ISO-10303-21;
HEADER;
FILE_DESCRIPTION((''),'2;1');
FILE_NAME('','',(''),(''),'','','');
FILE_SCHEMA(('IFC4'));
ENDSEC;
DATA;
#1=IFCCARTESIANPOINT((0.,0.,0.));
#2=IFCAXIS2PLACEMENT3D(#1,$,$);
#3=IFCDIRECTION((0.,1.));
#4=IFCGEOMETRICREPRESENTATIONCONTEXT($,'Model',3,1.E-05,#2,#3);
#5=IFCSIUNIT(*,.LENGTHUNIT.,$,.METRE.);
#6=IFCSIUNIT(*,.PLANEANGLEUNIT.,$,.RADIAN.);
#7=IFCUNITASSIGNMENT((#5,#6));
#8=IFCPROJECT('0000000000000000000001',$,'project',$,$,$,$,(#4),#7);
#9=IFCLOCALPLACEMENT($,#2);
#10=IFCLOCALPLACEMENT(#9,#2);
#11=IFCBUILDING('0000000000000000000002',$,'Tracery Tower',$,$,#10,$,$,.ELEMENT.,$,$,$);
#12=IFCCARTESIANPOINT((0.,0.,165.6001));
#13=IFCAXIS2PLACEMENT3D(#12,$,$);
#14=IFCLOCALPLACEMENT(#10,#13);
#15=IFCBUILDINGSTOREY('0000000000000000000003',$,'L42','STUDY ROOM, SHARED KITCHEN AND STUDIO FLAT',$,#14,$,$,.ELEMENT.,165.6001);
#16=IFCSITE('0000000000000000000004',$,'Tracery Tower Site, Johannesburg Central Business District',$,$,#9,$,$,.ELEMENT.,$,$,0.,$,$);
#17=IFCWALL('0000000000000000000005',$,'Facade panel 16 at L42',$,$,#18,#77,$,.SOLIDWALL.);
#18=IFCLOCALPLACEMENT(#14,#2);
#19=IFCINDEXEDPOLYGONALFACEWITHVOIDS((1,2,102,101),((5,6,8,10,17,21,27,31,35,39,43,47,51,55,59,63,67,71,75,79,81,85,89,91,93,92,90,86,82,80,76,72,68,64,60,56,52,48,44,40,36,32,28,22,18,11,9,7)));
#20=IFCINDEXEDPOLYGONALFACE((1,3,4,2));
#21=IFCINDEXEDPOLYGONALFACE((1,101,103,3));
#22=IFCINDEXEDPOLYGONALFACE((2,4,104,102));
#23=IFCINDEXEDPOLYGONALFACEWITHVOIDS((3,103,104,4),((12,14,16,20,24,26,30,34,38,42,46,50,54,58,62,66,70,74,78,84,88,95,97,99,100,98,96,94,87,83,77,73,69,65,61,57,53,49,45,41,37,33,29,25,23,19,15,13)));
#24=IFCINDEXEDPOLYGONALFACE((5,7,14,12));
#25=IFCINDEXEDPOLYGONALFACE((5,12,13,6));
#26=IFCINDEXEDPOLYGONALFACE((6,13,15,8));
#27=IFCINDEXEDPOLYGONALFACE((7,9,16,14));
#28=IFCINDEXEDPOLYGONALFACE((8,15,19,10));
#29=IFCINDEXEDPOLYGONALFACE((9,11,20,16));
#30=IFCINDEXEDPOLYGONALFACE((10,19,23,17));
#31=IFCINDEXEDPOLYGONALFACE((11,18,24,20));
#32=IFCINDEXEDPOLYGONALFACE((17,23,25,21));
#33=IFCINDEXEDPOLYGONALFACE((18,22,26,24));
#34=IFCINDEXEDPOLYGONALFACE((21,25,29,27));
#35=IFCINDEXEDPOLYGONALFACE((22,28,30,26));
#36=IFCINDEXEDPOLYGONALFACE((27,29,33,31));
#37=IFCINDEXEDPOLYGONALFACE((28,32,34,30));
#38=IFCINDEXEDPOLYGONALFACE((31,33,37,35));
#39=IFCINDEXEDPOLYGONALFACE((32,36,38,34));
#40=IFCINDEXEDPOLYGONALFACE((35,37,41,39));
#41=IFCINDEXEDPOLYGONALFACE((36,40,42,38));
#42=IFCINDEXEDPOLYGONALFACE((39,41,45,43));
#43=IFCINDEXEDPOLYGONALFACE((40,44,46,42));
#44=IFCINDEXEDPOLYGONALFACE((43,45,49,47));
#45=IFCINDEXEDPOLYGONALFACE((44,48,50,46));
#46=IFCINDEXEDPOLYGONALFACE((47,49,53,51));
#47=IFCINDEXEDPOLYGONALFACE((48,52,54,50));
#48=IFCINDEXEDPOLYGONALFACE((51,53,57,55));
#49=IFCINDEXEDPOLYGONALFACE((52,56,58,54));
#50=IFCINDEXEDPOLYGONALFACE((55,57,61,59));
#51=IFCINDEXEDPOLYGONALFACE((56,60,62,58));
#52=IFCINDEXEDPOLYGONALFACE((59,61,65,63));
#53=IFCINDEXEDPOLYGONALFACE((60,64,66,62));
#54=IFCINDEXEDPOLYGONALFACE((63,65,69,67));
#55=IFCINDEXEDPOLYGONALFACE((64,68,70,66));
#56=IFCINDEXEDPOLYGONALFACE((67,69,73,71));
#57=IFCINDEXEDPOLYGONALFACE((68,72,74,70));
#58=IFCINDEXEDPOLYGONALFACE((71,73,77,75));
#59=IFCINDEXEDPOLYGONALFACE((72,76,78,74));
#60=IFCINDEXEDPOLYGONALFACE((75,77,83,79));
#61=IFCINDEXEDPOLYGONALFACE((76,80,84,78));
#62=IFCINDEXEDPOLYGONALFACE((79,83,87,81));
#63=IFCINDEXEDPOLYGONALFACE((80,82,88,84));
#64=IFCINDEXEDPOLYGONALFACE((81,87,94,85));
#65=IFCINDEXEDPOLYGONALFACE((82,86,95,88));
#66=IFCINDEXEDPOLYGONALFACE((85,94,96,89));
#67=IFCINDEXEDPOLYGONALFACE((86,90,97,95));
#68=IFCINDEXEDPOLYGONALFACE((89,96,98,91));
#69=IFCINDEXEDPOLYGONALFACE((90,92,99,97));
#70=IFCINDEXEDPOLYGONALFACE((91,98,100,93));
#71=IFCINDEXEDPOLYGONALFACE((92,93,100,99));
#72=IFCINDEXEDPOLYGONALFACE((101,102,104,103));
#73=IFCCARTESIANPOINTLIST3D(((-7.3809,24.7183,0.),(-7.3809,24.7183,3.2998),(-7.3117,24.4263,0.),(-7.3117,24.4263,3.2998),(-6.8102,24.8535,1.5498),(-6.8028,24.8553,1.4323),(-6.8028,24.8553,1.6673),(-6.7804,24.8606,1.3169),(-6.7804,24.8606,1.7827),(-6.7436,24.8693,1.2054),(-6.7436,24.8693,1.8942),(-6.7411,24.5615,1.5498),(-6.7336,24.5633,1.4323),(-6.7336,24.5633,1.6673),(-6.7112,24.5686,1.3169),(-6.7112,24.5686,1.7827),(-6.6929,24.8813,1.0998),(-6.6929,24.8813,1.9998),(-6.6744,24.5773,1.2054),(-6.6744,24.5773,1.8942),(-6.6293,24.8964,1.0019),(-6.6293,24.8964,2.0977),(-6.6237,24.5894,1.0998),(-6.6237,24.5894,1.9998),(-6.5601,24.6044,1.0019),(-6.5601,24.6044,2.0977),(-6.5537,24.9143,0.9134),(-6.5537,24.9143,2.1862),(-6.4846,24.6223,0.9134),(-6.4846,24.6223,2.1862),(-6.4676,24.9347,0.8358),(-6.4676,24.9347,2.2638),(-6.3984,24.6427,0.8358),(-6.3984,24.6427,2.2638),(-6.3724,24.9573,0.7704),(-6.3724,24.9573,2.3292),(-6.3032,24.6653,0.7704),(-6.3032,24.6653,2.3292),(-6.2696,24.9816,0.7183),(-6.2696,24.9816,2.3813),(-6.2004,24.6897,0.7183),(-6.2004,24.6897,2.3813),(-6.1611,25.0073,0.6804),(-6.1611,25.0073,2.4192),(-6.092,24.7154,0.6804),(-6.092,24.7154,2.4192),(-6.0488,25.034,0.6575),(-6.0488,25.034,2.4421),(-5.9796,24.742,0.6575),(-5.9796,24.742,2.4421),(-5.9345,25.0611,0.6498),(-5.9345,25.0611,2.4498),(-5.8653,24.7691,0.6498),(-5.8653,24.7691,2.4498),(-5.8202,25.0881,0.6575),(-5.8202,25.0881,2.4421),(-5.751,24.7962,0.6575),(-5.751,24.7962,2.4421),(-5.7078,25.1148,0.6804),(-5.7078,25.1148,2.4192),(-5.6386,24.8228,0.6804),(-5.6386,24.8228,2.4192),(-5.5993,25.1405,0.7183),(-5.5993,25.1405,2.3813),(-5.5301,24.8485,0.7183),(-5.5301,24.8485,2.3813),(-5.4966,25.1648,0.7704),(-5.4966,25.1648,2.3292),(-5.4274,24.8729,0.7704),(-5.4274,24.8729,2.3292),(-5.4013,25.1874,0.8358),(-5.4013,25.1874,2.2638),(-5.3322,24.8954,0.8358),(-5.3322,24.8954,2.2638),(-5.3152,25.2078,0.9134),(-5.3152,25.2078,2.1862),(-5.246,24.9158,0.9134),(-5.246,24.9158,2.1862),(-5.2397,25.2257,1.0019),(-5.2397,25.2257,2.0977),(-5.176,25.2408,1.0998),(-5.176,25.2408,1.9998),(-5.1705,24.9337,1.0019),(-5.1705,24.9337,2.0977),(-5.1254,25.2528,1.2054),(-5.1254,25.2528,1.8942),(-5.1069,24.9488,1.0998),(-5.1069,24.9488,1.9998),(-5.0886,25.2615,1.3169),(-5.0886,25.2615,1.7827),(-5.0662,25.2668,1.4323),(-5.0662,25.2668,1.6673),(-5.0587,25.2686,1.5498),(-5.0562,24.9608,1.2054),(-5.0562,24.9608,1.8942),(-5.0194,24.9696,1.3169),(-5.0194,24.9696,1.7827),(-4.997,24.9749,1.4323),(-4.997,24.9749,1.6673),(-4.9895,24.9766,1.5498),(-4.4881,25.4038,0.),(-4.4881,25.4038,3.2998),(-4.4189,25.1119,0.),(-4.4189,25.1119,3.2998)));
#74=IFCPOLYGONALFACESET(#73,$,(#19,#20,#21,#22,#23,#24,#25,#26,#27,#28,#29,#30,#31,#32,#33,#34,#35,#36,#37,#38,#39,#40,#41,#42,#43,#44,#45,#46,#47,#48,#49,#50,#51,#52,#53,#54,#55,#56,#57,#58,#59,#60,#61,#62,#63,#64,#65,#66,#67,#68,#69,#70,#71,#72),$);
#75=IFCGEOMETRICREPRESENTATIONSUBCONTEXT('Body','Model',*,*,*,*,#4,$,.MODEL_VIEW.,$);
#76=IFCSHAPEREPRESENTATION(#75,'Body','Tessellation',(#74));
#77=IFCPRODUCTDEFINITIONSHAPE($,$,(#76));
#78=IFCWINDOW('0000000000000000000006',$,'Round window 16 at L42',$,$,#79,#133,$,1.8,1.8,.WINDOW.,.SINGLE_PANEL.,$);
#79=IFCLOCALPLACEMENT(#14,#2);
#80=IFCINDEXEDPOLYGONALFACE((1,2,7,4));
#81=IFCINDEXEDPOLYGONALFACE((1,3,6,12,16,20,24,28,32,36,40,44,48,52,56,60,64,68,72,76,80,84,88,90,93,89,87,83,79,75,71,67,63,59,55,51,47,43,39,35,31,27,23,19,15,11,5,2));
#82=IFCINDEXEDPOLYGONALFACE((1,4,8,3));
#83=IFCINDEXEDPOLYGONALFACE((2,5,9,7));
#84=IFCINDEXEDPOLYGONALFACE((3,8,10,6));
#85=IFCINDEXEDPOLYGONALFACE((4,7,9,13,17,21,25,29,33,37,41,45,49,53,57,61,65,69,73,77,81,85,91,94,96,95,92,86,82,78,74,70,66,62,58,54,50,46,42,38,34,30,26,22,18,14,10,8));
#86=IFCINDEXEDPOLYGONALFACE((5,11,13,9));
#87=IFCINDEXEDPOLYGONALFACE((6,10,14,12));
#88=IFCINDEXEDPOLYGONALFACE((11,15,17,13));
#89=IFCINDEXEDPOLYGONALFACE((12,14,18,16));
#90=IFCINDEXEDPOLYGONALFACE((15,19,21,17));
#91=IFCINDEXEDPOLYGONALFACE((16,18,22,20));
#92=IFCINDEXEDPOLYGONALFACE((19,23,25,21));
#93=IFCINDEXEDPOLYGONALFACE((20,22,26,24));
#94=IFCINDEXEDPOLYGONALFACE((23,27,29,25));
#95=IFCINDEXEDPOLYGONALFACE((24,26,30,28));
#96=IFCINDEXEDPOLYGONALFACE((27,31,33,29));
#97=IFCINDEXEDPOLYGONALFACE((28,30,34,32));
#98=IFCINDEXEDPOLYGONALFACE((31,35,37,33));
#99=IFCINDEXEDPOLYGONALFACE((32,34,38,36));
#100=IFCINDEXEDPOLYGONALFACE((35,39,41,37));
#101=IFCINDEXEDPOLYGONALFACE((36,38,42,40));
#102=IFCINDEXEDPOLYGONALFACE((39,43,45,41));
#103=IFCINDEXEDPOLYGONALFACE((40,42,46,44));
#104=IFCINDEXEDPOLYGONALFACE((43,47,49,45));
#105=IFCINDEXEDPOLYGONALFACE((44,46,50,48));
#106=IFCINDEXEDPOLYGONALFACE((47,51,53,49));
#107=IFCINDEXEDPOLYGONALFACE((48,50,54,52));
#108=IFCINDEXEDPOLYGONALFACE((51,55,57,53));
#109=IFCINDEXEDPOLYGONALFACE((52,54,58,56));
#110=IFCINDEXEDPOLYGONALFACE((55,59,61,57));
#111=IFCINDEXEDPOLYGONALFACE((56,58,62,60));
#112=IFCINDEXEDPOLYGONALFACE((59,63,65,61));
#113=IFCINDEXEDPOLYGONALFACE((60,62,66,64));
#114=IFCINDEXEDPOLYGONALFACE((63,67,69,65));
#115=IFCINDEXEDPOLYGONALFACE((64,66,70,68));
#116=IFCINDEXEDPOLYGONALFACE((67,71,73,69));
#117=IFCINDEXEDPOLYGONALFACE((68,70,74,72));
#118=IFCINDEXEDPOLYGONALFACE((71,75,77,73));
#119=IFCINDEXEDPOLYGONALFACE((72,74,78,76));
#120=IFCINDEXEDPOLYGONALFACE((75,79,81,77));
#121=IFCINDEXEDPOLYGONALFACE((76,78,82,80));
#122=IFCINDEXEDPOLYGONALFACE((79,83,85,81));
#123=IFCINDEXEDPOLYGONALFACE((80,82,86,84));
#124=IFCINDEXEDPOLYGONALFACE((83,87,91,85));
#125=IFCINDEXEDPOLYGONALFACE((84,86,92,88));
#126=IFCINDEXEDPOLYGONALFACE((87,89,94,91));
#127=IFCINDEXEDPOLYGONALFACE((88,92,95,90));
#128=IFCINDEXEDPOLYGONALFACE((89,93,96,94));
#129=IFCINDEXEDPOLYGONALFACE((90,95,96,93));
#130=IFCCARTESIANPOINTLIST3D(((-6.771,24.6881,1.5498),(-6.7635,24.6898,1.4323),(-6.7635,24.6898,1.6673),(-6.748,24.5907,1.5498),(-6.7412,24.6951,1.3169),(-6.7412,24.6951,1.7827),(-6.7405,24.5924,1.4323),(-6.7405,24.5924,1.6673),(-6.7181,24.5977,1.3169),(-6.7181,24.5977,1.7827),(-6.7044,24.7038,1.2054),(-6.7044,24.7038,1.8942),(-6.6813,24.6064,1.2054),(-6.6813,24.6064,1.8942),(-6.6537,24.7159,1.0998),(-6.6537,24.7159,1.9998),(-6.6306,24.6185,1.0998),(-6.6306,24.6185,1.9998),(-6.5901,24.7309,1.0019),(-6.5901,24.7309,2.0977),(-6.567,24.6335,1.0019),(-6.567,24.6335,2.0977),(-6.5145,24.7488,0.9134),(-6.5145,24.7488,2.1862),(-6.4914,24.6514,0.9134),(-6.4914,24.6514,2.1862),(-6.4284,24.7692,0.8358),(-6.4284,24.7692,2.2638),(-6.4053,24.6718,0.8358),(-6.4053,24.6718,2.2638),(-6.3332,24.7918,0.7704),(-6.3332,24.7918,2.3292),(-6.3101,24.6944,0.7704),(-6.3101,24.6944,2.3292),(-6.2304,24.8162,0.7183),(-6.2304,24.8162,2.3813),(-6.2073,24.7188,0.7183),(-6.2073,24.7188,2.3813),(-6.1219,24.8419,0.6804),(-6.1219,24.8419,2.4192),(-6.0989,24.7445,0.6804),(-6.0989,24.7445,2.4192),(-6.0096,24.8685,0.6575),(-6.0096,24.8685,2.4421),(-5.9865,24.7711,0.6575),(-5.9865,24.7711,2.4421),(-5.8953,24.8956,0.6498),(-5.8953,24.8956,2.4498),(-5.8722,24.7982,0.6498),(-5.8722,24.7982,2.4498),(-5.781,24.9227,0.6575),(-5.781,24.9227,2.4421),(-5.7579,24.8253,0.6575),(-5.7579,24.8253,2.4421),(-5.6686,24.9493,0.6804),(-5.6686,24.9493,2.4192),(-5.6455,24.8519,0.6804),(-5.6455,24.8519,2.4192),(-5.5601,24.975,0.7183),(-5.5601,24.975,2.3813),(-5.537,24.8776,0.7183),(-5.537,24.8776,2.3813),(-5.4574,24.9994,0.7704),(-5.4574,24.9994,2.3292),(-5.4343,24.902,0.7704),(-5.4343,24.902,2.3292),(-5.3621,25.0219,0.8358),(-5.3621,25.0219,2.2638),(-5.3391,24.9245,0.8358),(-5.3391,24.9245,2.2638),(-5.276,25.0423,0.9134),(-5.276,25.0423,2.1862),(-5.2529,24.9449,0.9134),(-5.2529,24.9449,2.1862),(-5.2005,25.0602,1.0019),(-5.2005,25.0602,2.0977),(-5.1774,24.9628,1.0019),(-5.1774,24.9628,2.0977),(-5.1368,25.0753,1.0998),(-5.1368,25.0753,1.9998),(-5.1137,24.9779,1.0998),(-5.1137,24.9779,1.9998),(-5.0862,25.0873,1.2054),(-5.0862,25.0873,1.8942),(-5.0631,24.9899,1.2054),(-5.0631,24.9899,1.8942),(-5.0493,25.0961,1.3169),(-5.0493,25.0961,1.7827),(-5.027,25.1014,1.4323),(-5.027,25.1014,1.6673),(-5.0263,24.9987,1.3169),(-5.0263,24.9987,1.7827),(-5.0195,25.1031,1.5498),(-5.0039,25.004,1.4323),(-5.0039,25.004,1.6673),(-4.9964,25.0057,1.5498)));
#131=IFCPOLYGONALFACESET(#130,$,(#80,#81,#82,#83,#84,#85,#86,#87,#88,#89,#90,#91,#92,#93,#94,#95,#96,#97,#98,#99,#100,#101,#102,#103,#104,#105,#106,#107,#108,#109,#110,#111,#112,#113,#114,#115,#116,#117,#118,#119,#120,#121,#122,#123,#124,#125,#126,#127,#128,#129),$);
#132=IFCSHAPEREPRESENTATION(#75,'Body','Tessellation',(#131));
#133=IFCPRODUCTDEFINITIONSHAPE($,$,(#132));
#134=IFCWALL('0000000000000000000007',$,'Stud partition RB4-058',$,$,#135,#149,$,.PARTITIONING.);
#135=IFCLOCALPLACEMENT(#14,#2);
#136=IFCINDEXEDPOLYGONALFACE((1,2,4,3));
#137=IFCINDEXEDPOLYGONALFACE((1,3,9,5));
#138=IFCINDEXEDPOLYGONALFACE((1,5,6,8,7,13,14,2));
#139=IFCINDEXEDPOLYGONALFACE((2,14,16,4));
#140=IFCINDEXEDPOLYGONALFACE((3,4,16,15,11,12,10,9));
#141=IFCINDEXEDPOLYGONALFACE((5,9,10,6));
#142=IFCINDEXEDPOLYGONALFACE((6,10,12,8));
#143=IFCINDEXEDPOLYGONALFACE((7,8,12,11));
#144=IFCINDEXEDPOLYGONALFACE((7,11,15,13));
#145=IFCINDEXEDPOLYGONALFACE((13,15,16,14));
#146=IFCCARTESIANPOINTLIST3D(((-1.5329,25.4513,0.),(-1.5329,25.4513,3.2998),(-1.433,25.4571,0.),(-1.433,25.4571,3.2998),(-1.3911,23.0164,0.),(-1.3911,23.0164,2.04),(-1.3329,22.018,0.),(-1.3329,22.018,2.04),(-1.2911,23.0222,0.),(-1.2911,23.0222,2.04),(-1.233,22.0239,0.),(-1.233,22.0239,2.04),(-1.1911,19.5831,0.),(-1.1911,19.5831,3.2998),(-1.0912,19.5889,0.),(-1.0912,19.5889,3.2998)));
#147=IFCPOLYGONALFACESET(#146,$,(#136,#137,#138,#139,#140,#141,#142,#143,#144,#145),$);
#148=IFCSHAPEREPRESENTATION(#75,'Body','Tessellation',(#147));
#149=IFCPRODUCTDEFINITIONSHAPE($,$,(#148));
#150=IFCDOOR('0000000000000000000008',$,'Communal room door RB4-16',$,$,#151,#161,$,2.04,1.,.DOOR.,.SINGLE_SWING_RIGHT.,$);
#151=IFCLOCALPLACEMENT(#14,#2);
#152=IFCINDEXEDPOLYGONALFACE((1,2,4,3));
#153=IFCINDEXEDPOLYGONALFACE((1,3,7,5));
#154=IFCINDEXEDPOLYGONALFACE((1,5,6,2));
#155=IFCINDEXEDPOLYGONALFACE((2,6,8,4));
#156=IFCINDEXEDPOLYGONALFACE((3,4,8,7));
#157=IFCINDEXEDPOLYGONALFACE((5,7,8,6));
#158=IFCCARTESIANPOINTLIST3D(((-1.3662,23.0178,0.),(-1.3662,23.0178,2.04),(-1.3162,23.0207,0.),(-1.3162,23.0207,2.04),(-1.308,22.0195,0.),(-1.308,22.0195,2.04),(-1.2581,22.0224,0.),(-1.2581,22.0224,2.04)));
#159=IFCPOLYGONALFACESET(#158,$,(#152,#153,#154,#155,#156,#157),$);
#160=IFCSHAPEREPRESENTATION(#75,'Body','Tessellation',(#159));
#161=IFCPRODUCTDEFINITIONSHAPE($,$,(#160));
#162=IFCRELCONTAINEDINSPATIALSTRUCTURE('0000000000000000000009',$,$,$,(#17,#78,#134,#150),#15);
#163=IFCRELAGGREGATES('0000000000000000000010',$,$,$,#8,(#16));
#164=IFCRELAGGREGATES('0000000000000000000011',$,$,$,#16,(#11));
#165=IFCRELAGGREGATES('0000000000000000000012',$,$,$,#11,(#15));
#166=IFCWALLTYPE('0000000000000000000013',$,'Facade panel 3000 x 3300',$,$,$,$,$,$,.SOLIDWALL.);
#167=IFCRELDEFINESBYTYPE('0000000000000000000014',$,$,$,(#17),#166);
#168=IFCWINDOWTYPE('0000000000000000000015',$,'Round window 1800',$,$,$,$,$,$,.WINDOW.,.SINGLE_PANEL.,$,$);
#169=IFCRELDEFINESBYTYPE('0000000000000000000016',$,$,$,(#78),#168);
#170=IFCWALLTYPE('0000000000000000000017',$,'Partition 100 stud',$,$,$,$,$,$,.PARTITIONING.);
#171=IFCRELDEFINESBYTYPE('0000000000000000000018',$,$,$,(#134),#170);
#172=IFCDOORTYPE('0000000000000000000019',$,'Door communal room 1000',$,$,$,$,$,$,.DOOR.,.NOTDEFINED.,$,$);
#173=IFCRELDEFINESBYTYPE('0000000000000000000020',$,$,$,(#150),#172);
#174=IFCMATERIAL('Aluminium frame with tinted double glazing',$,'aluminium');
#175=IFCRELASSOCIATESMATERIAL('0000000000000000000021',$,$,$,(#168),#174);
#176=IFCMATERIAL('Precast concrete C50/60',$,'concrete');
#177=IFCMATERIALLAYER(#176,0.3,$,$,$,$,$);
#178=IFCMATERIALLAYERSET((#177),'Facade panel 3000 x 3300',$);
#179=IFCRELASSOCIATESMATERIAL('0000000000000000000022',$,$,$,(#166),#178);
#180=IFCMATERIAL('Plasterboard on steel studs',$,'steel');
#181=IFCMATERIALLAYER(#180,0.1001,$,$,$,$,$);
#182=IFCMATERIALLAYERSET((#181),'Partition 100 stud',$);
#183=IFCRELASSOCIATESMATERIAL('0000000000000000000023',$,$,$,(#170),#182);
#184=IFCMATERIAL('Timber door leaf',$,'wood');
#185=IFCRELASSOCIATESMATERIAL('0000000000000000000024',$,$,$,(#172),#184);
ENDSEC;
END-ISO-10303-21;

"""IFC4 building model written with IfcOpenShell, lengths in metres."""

from ifc_helpers import new_model, si_unit, direction, frame, frame_2d, origin, origin_2d, place, context, subcontext, project, spatial, rectangle, circle, extrude, material, layer, layer_set, type_object, element, fill, save


model = new_model("IFC4")

# Units and contexts
model_context = context("Model", 3, precision=1e-05, world=origin(), true_north=direction((0.0, 1.0)))
body_context = subcontext(model_context, "Body", "Model", "MODEL_VIEW")
ifc_project = project(units=[si_unit("LENGTHUNIT", "METRE"), si_unit("PLANEANGLEUNIT", "RADIAN")], contexts=[model_context])

# Site, building, storey
site_placement = place(None, origin())
site = spatial("IfcSite", under=ifc_project, at=site_placement, Name="Tracery Tower Site, Johannesburg Central Business District", CompositionType="ELEMENT", RefElevation=0.0)
building_placement = place(site_placement, origin())
building = spatial("IfcBuilding", under=site, at=building_placement, Name="Tracery Tower", CompositionType="ELEMENT")
storey_placement = place(building_placement, frame((0.0, 0.0, 165.6001)))
storey = spatial("IfcBuildingStorey", under=building, at=storey_placement, Name="L42", Description="STUDY ROOM, SHARED KITCHEN AND STUDIO FLAT", CompositionType="ELEMENT", Elevation=165.6001)

# Wall, opening, window
ifc_material_1 = material(Name="Aluminium frame with tinted double glazing", Category="aluminium")
window_type = type_object("IfcWindowType", Name="Round window 1800", PartitioningType="SINGLE_PANEL", PredefinedType="WINDOW", material=ifc_material_1)
ifc_material_2 = material(Name="Precast concrete C50/60", Category="concrete")
ifc_layer_1 = layer(ifc_material_2, 0.3)
ifc_layer_set_1 = layer_set([ifc_layer_1], Name="Facade panel 3000 x 3300")
wall_type_1 = type_object("IfcWallType", Name="Facade panel 3000 x 3300", PredefinedType="SOLIDWALL", material=ifc_layer_set_1)
wall_1_placement = place(storey_placement, frame((-4.4536, 25.2578, 0.0), z_axis=(0.0, 0.0, 1.0), x_axis=(-0.97305, -0.230595, 0.0)))
wall_1 = element("IfcWall", 1, at=wall_1_placement, inside=storey, type_object=wall_type_1, Name="Facade panel 16 at L42", PredefinedType="SOLIDWALL", context=body_context, shape_type="SweptSolid", body=[
    extrude(rectangle(XDim=2.9729, YDim=0.3, at=frame_2d((1.4863, 0.0))), origin(), (0.0, 0.0, 1.0), 3.2998),
])
opening_1_placement = place(wall_1_placement, frame((1.4863, 0.0, 1.5498)))
opening_1 = element("IfcOpeningElement", 2, at=opening_1_placement, cuts=wall_1, PredefinedType="OPENING", context=body_context, shape_type="SweptSolid", body=[
    extrude(circle(Radius=0.9, at=origin_2d()), frame((0.0, 0.1599, 0.0), z_axis=(0.0, -1.0, 0.0), x_axis=(1.0, 0.0, 0.0)), (0.0, 0.0, 1.0), 0.3201),
])
window_1_placement = place(opening_1_placement, origin())
window_1 = element("IfcWindow", 3, at=window_1_placement, inside=storey, type_object=window_type, Name="Round window 16 at L42", OverallHeight=1.8, OverallWidth=1.8, PartitioningType="SINGLE_PANEL", PredefinedType="WINDOW", context=body_context, shape_type="SweptSolid", body=[
    extrude(circle(Radius=0.9, at=origin_2d()), frame((0.0, 0.1201, 0.0), z_axis=(0.0, -1.0, 0.0), x_axis=(1.0, 0.0, 0.0)), (0.0, 0.0, 1.0), 0.1001),
])
fill(opening_1, window_1)

# Wall, opening, door
ifc_material_3 = material(Name="Plasterboard on steel studs", Category="steel")
ifc_layer_2 = layer(ifc_material_3, 0.1001)
ifc_layer_set_2 = layer_set([ifc_layer_2], Name="Partition 100 stud")
wall_type_2 = type_object("IfcWallType", Name="Partition 100 stud", PredefinedType="PARTITIONING", material=ifc_layer_set_2)
wall_2_placement = place(storey_placement, frame((-1.4829, 25.4541, 0.0), z_axis=(0.0, 0.0, 1.0), x_axis=(0.058147, -0.998308, 0.0)))
wall_2 = element("IfcWall", 4, at=wall_2_placement, inside=storey, type_object=wall_type_2, Name="Stud partition RB4-058", PredefinedType="PARTITIONING", context=body_context, shape_type="SweptSolid", body=[
    extrude(rectangle(XDim=5.8782, YDim=0.1001, at=frame_2d((2.939, 0.0))), origin(), (0.0, 0.0, 1.0), 3.2998),
])
opening_2_placement = place(wall_2_placement, frame((2.439, 0.0, 0.0)))
opening_2 = element("IfcOpeningElement", 5, at=opening_2_placement, cuts=wall_2, PredefinedType="OPENING", context=body_context, shape_type="SweptSolid", body=[
    extrude(rectangle(XDim=1.0, YDim=2.04, at=frame_2d((0.5, 1.02))), frame((0.0, 0.05, 0.0), z_axis=(0.0, -1.0, 0.0), x_axis=(1.0, 0.0, 0.0)), (0.0, 0.0, 1.0), 0.1001),
])
ifc_material_4 = material(Name="Timber door leaf", Category="wood")
door_type_1 = type_object("IfcDoorType", Name="Door communal room 1000", OperationType="NOTDEFINED", PredefinedType="DOOR", material=ifc_material_4)
door_1_placement = place(opening_2_placement, origin())
door_1 = element("IfcDoor", 6, at=door_1_placement, inside=storey, type_object=door_type_1, Name="Communal room door RB4-16", OperationType="SINGLE_SWING_RIGHT", OverallHeight=2.04, OverallWidth=1.0, PredefinedType="DOOR", context=body_context, shape_type="SweptSolid", body=[
    extrude(rectangle(XDim=1.0, YDim=2.04, at=frame_2d((0.5, 1.02))), frame((0.0, 0.0249, 0.0), z_axis=(0.0, -1.0, 0.0), x_axis=(1.0, 0.0, 0.0)), (0.0, 0.0, 1.0), 0.05),
])
fill(opening_2, door_1)

save(model, "model.ifc")
